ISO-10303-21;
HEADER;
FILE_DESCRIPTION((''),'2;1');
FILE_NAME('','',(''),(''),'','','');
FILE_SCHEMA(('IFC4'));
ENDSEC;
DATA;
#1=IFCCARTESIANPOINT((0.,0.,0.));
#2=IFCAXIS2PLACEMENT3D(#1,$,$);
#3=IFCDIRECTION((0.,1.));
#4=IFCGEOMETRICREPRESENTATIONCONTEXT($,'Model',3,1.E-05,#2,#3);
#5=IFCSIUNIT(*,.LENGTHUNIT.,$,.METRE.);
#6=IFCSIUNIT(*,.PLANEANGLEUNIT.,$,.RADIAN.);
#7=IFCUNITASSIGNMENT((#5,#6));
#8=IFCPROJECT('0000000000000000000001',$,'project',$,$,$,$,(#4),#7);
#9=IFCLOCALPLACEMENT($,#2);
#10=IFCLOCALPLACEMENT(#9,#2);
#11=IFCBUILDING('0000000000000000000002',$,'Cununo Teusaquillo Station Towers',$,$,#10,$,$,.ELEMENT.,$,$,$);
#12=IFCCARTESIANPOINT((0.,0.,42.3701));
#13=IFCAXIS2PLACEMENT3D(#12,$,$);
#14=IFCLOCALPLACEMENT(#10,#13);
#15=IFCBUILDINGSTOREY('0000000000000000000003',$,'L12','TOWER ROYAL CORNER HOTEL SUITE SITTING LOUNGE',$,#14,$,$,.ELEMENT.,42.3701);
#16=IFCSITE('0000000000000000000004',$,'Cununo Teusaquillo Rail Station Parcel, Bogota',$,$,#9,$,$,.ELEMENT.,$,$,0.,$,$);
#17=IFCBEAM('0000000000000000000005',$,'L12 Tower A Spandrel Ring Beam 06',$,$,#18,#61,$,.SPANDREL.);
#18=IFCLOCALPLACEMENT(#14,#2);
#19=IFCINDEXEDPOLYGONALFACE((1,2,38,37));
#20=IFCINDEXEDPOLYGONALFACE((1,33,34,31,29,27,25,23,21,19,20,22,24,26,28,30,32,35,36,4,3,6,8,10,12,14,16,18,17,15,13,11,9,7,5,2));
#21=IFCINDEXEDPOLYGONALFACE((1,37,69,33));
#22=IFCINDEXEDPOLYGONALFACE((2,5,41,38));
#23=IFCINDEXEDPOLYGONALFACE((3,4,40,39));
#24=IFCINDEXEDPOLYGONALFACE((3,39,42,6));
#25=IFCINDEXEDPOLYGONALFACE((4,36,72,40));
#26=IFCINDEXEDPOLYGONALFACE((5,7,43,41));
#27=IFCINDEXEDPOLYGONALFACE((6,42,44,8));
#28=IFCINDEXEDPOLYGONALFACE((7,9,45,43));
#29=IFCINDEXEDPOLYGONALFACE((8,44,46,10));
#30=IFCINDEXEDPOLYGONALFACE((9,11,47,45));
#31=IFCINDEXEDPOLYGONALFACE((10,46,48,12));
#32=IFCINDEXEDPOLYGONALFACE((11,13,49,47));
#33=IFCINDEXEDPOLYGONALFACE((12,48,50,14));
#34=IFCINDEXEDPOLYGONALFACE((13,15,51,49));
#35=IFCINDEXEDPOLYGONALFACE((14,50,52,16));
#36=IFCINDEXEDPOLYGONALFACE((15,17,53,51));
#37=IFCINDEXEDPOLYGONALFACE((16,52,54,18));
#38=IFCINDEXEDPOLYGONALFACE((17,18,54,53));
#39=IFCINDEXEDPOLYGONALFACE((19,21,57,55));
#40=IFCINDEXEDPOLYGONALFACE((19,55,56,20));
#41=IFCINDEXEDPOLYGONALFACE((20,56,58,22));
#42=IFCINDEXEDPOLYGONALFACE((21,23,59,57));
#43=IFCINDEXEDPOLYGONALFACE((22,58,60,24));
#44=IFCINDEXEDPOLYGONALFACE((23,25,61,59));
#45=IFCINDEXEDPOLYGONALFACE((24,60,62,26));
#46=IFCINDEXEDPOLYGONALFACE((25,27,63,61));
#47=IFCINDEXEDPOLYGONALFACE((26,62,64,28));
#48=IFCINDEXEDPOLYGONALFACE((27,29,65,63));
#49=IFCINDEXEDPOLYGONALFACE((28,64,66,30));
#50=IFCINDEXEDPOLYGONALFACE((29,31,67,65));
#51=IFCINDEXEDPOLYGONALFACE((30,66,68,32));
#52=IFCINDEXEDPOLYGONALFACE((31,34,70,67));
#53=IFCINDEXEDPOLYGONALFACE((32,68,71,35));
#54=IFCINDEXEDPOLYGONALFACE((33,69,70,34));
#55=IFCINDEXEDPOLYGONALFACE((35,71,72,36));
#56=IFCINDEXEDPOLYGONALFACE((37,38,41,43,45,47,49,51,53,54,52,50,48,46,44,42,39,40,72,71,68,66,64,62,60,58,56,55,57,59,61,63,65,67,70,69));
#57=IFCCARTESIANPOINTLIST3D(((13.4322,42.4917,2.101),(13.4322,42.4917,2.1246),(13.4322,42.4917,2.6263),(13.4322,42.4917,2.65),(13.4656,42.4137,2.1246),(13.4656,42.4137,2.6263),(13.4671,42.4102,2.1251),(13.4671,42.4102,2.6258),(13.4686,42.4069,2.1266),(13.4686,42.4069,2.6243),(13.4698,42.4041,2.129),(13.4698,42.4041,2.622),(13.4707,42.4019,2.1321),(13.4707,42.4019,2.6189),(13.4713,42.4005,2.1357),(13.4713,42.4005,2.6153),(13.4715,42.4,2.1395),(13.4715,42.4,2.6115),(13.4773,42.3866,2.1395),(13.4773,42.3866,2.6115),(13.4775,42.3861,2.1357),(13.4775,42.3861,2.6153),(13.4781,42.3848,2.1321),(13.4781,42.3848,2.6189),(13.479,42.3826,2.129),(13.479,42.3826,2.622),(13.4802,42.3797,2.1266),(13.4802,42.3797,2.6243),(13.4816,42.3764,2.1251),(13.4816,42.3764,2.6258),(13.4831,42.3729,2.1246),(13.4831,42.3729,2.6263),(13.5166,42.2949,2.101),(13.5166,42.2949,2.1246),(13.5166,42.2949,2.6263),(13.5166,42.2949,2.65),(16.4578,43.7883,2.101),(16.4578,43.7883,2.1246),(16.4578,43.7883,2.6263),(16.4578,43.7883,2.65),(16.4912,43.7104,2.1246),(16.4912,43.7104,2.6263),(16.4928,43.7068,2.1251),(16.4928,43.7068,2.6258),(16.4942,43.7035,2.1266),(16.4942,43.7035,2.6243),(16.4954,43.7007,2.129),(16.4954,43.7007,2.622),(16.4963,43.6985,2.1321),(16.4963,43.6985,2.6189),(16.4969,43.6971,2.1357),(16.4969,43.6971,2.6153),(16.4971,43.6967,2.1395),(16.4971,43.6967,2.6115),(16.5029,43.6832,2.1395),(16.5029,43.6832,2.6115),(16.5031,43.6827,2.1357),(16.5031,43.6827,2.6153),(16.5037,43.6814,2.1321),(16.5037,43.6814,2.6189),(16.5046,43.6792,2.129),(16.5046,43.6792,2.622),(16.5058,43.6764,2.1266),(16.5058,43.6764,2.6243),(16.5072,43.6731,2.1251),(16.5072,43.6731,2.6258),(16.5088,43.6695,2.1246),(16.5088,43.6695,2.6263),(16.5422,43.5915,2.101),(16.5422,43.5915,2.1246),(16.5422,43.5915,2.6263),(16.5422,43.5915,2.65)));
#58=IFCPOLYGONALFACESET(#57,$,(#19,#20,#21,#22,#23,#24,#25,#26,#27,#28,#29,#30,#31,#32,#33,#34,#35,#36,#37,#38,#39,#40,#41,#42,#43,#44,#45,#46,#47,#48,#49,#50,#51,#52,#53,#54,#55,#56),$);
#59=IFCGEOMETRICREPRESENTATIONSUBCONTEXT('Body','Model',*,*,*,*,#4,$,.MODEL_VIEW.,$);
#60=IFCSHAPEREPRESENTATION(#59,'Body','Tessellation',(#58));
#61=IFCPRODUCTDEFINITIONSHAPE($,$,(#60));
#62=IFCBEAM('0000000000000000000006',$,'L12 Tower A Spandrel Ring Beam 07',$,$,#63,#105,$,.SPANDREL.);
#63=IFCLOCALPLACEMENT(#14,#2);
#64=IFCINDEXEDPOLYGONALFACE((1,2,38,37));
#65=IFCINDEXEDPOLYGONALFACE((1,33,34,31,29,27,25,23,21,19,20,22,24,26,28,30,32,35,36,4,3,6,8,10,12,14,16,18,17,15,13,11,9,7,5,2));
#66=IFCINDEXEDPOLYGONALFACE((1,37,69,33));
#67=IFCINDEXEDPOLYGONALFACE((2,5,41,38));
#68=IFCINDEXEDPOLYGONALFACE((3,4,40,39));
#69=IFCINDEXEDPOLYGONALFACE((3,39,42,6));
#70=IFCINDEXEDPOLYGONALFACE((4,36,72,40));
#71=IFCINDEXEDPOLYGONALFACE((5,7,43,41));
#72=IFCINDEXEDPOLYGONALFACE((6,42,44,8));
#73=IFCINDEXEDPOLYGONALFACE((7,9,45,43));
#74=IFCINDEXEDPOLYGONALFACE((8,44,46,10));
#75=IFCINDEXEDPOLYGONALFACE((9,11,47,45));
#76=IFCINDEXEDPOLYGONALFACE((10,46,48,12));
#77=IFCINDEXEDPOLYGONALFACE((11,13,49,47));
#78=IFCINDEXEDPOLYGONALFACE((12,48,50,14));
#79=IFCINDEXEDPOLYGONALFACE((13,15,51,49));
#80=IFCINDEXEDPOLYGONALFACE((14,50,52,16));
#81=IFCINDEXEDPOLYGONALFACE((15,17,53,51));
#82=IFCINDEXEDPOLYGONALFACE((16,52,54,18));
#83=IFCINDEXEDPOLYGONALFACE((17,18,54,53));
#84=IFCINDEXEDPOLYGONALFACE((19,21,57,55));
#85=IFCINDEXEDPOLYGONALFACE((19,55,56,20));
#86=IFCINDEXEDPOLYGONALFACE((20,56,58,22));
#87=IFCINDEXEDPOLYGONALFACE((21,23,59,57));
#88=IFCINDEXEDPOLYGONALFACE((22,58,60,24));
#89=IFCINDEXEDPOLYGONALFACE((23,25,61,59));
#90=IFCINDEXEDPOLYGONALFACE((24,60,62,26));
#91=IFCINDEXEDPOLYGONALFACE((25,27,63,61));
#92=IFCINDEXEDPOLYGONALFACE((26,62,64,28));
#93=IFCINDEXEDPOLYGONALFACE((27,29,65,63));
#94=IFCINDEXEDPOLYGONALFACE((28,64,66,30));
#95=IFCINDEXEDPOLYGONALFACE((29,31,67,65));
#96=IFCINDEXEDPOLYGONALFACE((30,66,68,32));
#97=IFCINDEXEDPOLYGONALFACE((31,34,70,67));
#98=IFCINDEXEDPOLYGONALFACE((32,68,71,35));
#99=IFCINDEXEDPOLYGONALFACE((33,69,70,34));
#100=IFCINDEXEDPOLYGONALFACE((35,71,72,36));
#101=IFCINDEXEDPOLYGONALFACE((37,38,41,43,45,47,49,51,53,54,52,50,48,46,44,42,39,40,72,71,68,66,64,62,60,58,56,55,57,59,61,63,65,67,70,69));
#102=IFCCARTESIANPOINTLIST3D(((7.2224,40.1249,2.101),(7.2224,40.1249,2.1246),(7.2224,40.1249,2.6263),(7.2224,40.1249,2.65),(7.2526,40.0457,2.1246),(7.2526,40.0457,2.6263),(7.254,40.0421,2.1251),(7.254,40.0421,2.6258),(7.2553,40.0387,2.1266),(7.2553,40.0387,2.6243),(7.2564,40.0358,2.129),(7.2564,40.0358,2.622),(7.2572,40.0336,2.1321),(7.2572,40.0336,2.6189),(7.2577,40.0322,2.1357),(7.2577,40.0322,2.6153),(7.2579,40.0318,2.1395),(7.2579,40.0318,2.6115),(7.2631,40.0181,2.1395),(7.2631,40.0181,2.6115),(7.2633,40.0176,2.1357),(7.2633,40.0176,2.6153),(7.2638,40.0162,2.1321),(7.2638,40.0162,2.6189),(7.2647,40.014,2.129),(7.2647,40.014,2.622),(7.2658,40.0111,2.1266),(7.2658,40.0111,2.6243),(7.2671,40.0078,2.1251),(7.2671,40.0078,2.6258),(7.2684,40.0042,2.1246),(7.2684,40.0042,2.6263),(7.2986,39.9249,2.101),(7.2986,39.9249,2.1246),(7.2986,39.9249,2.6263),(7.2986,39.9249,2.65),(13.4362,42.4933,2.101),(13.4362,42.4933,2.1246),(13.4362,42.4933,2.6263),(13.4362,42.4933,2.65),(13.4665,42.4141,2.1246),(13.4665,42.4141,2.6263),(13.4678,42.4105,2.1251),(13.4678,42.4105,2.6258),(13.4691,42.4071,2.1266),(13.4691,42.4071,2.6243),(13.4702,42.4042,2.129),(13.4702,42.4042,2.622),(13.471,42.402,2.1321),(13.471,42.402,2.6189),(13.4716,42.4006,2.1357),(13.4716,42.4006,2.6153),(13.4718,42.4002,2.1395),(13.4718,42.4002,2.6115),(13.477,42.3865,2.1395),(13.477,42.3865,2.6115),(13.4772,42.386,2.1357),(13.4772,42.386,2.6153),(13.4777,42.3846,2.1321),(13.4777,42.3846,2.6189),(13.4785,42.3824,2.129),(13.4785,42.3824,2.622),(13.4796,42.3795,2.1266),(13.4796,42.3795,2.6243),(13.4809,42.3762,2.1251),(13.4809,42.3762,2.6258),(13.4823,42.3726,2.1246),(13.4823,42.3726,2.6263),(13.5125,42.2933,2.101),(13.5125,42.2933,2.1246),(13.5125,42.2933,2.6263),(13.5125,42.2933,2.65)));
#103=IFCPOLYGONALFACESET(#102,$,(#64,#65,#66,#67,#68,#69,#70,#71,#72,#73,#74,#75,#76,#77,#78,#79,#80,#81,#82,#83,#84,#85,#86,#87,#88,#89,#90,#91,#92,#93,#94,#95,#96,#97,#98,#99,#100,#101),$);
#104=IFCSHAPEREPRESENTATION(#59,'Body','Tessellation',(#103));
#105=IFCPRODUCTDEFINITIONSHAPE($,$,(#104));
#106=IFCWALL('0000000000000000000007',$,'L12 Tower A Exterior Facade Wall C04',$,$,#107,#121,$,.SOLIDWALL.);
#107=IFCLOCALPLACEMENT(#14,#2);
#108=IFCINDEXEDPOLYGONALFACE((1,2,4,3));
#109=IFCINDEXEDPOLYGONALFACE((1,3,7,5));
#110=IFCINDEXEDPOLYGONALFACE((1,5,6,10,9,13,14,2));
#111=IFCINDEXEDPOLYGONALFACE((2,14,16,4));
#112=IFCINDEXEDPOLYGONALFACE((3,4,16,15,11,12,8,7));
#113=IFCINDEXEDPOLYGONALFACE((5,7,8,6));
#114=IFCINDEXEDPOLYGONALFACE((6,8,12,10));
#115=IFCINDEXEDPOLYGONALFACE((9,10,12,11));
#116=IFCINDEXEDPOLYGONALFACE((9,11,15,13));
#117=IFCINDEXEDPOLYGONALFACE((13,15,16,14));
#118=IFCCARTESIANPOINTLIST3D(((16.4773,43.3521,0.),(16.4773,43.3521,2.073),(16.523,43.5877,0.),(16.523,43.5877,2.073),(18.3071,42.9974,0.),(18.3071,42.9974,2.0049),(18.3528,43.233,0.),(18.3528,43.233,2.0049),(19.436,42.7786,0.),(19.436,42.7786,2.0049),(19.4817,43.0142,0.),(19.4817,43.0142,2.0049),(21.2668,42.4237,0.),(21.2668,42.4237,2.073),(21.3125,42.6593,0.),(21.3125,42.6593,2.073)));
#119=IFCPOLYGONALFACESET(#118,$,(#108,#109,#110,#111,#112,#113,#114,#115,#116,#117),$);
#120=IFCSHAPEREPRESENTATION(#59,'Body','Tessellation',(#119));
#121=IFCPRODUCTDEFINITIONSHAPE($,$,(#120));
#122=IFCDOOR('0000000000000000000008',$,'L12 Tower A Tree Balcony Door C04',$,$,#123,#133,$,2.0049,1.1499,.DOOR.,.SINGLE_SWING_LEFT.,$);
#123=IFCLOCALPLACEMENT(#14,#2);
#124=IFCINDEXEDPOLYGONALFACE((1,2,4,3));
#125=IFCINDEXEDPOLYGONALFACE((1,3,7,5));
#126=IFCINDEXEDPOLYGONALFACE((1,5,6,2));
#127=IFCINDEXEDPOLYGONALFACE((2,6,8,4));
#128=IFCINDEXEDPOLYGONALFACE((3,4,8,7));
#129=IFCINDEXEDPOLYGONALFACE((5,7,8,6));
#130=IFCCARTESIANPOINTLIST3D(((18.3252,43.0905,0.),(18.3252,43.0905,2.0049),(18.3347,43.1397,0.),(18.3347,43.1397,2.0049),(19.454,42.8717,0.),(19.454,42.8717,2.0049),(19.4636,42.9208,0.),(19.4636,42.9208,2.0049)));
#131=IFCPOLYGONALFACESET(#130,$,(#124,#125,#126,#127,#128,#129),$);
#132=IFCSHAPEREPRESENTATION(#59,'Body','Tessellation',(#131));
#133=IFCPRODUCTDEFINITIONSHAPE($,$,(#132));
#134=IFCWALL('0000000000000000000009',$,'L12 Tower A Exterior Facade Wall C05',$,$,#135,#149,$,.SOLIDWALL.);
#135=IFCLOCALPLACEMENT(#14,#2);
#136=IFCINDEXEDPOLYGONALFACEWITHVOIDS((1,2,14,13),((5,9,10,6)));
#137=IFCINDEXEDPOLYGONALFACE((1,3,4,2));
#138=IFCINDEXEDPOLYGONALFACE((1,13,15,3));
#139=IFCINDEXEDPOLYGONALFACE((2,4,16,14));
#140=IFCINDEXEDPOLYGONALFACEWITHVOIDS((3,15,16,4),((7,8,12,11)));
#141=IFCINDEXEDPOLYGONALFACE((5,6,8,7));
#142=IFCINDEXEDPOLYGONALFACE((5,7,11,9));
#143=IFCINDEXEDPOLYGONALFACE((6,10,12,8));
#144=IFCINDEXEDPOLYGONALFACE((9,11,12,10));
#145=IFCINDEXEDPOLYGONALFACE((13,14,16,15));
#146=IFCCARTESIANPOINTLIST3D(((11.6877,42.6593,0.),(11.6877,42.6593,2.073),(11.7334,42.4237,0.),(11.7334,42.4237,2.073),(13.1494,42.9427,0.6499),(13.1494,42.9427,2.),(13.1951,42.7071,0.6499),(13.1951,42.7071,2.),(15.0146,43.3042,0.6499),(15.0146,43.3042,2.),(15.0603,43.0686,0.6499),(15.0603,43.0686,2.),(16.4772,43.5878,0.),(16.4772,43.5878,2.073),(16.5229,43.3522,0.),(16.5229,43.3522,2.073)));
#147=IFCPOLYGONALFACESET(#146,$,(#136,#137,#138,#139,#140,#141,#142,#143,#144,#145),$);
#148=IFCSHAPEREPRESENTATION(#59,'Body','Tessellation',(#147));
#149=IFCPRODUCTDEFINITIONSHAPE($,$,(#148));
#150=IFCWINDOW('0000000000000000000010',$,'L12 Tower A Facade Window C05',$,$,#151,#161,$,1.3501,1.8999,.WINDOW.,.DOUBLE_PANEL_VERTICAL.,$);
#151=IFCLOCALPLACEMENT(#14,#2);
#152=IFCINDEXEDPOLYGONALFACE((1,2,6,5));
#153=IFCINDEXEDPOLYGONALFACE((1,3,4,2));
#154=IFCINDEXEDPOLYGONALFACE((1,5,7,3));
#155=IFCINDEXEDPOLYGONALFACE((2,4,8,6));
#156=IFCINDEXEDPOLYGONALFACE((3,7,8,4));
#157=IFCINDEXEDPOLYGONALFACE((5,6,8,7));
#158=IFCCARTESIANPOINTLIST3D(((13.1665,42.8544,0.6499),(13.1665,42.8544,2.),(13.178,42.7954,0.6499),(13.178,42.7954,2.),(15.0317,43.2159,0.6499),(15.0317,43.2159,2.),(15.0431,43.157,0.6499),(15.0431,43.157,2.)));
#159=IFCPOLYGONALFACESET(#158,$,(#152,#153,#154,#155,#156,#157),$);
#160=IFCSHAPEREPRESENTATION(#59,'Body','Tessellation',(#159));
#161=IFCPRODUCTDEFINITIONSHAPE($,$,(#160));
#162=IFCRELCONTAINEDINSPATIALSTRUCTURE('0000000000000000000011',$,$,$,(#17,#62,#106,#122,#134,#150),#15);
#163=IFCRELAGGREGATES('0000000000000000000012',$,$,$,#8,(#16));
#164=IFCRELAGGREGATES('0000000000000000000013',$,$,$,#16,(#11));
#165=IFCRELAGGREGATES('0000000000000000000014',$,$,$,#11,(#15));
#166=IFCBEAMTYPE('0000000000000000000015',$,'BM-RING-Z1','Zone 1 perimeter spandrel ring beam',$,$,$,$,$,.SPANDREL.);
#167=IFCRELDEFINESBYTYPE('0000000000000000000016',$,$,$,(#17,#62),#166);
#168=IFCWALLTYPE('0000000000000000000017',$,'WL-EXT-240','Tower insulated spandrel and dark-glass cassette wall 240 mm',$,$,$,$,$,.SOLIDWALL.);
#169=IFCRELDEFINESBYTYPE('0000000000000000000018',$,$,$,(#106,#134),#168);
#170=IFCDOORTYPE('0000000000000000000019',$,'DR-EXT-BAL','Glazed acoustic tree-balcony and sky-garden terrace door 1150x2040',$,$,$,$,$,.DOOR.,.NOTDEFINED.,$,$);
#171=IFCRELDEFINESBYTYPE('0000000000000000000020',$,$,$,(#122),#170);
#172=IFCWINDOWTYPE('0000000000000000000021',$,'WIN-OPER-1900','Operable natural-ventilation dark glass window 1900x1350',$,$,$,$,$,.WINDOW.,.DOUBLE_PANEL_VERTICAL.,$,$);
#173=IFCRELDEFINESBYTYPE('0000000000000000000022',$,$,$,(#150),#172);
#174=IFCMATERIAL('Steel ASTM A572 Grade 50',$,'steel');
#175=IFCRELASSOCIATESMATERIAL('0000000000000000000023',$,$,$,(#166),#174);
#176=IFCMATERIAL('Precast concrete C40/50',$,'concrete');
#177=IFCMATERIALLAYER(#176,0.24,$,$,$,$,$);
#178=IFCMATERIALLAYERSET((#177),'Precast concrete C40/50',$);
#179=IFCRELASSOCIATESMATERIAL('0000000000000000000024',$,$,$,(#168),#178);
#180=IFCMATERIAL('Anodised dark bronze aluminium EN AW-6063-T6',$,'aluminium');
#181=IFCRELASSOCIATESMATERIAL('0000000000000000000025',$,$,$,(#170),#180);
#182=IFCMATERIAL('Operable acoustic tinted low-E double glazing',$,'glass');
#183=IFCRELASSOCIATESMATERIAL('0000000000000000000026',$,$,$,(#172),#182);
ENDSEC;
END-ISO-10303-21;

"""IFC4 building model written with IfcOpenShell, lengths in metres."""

from ifc_helpers import new_model, si_unit, direction, frame, frame_2d, origin, origin_2d, place, context, subcontext, project, spatial, rectangle, i_section, extrude, source, transform, mapped, material, layer, layer_set, material_profile, profile_set, type_object, element, fill, save


model = new_model("IFC4")

# Units and contexts
model_context = context("Model", 3, precision=1e-05, world=origin(), true_north=direction((0.0, 1.0)))
body_context = subcontext(model_context, "Body", "Model", "MODEL_VIEW")
ifc_project = project(units=[si_unit("LENGTHUNIT", "METRE"), si_unit("PLANEANGLEUNIT", "RADIAN")], contexts=[model_context])

# Site, building, storey
site_placement = place(None, origin())
site = spatial("IfcSite", under=ifc_project, at=site_placement, Name="Cununo Teusaquillo Rail Station Parcel, Bogota", CompositionType="ELEMENT", RefElevation=0.0)
building_placement = place(site_placement, origin())
building = spatial("IfcBuilding", under=site, at=building_placement, Name="Cununo Teusaquillo Station Towers", CompositionType="ELEMENT")
storey_placement = place(building_placement, frame((0.0, 0.0, 42.3701)))
storey = spatial("IfcBuildingStorey", under=building, at=storey_placement, Name="L12", Description="TOWER ROYAL CORNER HOTEL SUITE SITTING LOUNGE", CompositionType="ELEMENT", Elevation=42.3701)

# Beams
ifc_material_1 = material(Name="Steel ASTM A572 Grade 50", Category="steel")
ifc_material_profile_1 = material_profile(ifc_material_1, i_section(OverallWidth=0.2141, OverallDepth=0.5491, WebThickness=0.0146, FlangeThickness=0.0237, FilletRadius=0.0149, at=origin_2d()), Name="W21X93")
ifc_profile_set_1 = profile_set([ifc_material_profile_1], Name="Steel ASTM A572 Grade 50")
beam_type_1 = type_object("IfcBeamType", Name="BM-RING-Z1", Description="Zone 1 perimeter spandrel ring beam", PredefinedType="SPANDREL", material=ifc_profile_set_1)
beam_1_placement = place(storey_placement, frame((16.5, 43.6899, 2.3755), z_axis=(-0.919153, -0.393901, 0.0), x_axis=(0.393901, -0.919153, 0.0)))
element("IfcBeam", 1, at=beam_1_placement, inside=storey, type_object=beam_type_1, Name="L12 Tower A Spandrel Ring Beam 06", PredefinedType="SPANDREL", context=body_context, shape_type="SweptSolid", body=[
    extrude(i_section(OverallWidth=0.2141, OverallDepth=0.5491, WebThickness=0.0146, FlangeThickness=0.0237, FilletRadius=0.0149, at=origin_2d()), origin(), (0.0, 0.0, 1.0), 3.2917),
])
beam_2_placement = place(storey_placement, frame((13.4744, 42.3933, 2.3755), z_axis=(-0.934427, -0.356156, 0.0), x_axis=(0.356156, -0.934427, 0.0)))
element("IfcBeam", 2, at=beam_2_placement, inside=storey, type_object=beam_type_1, Name="L12 Tower A Spandrel Ring Beam 07", PredefinedType="SPANDREL", context=body_context, shape_type="SweptSolid", body=[
    extrude(i_section(OverallWidth=0.2141, OverallDepth=0.5491, WebThickness=0.0146, FlangeThickness=0.0237, FilletRadius=0.0149, at=origin_2d()), origin(), (0.0, 0.0, 1.0), 6.6499),
])

# Wall, opening, door
ifc_material_2 = material(Name="Precast concrete C40/50", Category="concrete")
ifc_layer_1 = layer(ifc_material_2, 0.24)
ifc_layer_set_1 = layer_set([ifc_layer_1], Name="Precast concrete C40/50")
wall_type_1 = type_object("IfcWallType", Name="WL-EXT-240", Description="Tower insulated spandrel and dark-glass cassette wall 240 mm", PredefinedType="SOLIDWALL", material=ifc_layer_set_1)
wall_1_placement = place(storey_placement, frame((16.5, 43.47, 0.0), z_axis=(0.0, 0.0, 1.0), x_axis=(0.981724, -0.19031, 0.0)))
wall_1 = element("IfcWall", 3, at=wall_1_placement, inside=storey, type_object=wall_type_1, Name="L12 Tower A Exterior Facade Wall C04", PredefinedType="SOLIDWALL", context=body_context, shape_type="SweptSolid", body=[
    extrude(rectangle(XDim=4.8787, YDim=0.24, at=frame_2d((2.4395, 0.0))), origin(), (0.0, 0.0, 1.0), 2.073),
])
shared_shape_1 = source(origin(), body_context, "Body", "SweptSolid", [
    extrude(rectangle(XDim=1.1499, YDim=2.0049, at=frame_2d((0.575, 1.0024))), frame((0.0, 0.1299, 0.0), z_axis=(0.0, -1.0, 0.0), x_axis=(1.0, 0.0, 0.0)), (0.0, 0.0, 1.0), 0.26),
])
opening_1_placement = place(wall_1_placement, frame((1.864, 0.0, 0.0)))
opening_1 = element("IfcOpeningElement", 4, at=opening_1_placement, cuts=wall_1, PredefinedType="OPENING", context=body_context, shape_type="MappedRepresentation", body=[
    mapped(shared_shape_1, transform((0.0, 0.0, 0.0), x_axis=(1.0, 0.0, 0.0), y_axis=(0.0, 1.0, 0.0), z_axis=(0.0, 0.0, 1.0), scale=1.0)),
])
ifc_material_3 = material(Name="Anodised dark bronze aluminium EN AW-6063-T6", Category="aluminium")
door_type_1 = type_object("IfcDoorType", Name="DR-EXT-BAL", Description="Glazed acoustic tree-balcony and sky-garden terrace door 1150x2040", OperationType="NOTDEFINED", PredefinedType="DOOR", material=ifc_material_3)
shared_shape_2 = source(origin(), body_context, "Body", "SweptSolid", [
    extrude(rectangle(XDim=1.1499, YDim=2.0049, at=frame_2d((0.575, 1.0024))), frame((0.0, 0.0249, 0.0), z_axis=(0.0, -1.0, 0.0), x_axis=(1.0, 0.0, 0.0)), (0.0, 0.0, 1.0), 0.05),
])
door_1_placement = place(opening_1_placement, origin())
door_1 = element("IfcDoor", 5, at=door_1_placement, inside=storey, type_object=door_type_1, Name="L12 Tower A Tree Balcony Door C04", OperationType="SINGLE_SWING_LEFT", OverallHeight=2.0049, OverallWidth=1.1499, PredefinedType="DOOR", context=body_context, shape_type="MappedRepresentation", body=[
    mapped(shared_shape_2, transform((0.0, 0.0, 0.0), x_axis=(1.0, 0.0, 0.0), y_axis=(0.0, 1.0, 0.0), z_axis=(0.0, 0.0, 1.0), scale=1.0)),
])
fill(opening_1, door_1)

# Wall, opening, window
wall_2_placement = place(storey_placement, frame((11.7104, 42.5415, 0.0), z_axis=(0.0, 0.0, 1.0), x_axis=(0.981724, 0.19031, 0.0)))
wall_2 = element("IfcWall", 6, at=wall_2_placement, inside=storey, type_object=wall_type_1, Name="L12 Tower A Exterior Facade Wall C05", PredefinedType="SOLIDWALL", context=body_context, shape_type="SweptSolid", body=[
    extrude(rectangle(XDim=4.8787, YDim=0.24, at=frame_2d((2.4395, 0.0))), origin(), (0.0, 0.0, 1.0), 2.073),
])
shared_shape_3 = source(origin(), body_context, "Body", "SweptSolid", [
    extrude(rectangle(XDim=1.8999, YDim=1.3501, at=frame_2d((0.95, 0.675))), frame((0.0, 0.1299, 0.0), z_axis=(0.0, -1.0, 0.0), x_axis=(1.0, 0.0, 0.0)), (0.0, 0.0, 1.0), 0.26),
])
opening_2_placement = place(wall_2_placement, frame((1.489, 0.0, 0.6499)))
opening_2 = element("IfcOpeningElement", 7, at=opening_2_placement, cuts=wall_2, PredefinedType="OPENING", context=body_context, shape_type="MappedRepresentation", body=[
    mapped(shared_shape_3, transform((0.0, 0.0, 0.0), x_axis=(1.0, 0.0, 0.0), y_axis=(0.0, 1.0, 0.0), z_axis=(0.0, 0.0, 1.0), scale=1.0)),
])
ifc_material_4 = material(Name="Operable acoustic tinted low-E double glazing", Category="glass")
window_type = type_object("IfcWindowType", Name="WIN-OPER-1900", Description="Operable natural-ventilation dark glass window 1900x1350", PartitioningType="DOUBLE_PANEL_VERTICAL", PredefinedType="WINDOW", material=ifc_material_4)
shared_shape_4 = source(origin(), body_context, "Body", "SweptSolid", [
    extrude(rectangle(XDim=1.8999, YDim=1.3501, at=frame_2d((0.95, 0.675))), frame((0.0, 0.03, 0.0), z_axis=(0.0, -1.0, 0.0), x_axis=(1.0, 0.0, 0.0)), (0.0, 0.0, 1.0), 0.0601),
])
window_placement = place(opening_2_placement, origin())
window = element("IfcWindow", 8, at=window_placement, inside=storey, type_object=window_type, Name="L12 Tower A Facade Window C05", OverallHeight=1.3501, OverallWidth=1.8999, PartitioningType="DOUBLE_PANEL_VERTICAL", PredefinedType="WINDOW", context=body_context, shape_type="MappedRepresentation", body=[
    mapped(shared_shape_4, transform((0.0, 0.0, 0.0), x_axis=(1.0, 0.0, 0.0), y_axis=(0.0, 1.0, 0.0), z_axis=(0.0, 0.0, 1.0), scale=1.0)),
])
fill(opening_2, window)

save(model, "model.ifc")
